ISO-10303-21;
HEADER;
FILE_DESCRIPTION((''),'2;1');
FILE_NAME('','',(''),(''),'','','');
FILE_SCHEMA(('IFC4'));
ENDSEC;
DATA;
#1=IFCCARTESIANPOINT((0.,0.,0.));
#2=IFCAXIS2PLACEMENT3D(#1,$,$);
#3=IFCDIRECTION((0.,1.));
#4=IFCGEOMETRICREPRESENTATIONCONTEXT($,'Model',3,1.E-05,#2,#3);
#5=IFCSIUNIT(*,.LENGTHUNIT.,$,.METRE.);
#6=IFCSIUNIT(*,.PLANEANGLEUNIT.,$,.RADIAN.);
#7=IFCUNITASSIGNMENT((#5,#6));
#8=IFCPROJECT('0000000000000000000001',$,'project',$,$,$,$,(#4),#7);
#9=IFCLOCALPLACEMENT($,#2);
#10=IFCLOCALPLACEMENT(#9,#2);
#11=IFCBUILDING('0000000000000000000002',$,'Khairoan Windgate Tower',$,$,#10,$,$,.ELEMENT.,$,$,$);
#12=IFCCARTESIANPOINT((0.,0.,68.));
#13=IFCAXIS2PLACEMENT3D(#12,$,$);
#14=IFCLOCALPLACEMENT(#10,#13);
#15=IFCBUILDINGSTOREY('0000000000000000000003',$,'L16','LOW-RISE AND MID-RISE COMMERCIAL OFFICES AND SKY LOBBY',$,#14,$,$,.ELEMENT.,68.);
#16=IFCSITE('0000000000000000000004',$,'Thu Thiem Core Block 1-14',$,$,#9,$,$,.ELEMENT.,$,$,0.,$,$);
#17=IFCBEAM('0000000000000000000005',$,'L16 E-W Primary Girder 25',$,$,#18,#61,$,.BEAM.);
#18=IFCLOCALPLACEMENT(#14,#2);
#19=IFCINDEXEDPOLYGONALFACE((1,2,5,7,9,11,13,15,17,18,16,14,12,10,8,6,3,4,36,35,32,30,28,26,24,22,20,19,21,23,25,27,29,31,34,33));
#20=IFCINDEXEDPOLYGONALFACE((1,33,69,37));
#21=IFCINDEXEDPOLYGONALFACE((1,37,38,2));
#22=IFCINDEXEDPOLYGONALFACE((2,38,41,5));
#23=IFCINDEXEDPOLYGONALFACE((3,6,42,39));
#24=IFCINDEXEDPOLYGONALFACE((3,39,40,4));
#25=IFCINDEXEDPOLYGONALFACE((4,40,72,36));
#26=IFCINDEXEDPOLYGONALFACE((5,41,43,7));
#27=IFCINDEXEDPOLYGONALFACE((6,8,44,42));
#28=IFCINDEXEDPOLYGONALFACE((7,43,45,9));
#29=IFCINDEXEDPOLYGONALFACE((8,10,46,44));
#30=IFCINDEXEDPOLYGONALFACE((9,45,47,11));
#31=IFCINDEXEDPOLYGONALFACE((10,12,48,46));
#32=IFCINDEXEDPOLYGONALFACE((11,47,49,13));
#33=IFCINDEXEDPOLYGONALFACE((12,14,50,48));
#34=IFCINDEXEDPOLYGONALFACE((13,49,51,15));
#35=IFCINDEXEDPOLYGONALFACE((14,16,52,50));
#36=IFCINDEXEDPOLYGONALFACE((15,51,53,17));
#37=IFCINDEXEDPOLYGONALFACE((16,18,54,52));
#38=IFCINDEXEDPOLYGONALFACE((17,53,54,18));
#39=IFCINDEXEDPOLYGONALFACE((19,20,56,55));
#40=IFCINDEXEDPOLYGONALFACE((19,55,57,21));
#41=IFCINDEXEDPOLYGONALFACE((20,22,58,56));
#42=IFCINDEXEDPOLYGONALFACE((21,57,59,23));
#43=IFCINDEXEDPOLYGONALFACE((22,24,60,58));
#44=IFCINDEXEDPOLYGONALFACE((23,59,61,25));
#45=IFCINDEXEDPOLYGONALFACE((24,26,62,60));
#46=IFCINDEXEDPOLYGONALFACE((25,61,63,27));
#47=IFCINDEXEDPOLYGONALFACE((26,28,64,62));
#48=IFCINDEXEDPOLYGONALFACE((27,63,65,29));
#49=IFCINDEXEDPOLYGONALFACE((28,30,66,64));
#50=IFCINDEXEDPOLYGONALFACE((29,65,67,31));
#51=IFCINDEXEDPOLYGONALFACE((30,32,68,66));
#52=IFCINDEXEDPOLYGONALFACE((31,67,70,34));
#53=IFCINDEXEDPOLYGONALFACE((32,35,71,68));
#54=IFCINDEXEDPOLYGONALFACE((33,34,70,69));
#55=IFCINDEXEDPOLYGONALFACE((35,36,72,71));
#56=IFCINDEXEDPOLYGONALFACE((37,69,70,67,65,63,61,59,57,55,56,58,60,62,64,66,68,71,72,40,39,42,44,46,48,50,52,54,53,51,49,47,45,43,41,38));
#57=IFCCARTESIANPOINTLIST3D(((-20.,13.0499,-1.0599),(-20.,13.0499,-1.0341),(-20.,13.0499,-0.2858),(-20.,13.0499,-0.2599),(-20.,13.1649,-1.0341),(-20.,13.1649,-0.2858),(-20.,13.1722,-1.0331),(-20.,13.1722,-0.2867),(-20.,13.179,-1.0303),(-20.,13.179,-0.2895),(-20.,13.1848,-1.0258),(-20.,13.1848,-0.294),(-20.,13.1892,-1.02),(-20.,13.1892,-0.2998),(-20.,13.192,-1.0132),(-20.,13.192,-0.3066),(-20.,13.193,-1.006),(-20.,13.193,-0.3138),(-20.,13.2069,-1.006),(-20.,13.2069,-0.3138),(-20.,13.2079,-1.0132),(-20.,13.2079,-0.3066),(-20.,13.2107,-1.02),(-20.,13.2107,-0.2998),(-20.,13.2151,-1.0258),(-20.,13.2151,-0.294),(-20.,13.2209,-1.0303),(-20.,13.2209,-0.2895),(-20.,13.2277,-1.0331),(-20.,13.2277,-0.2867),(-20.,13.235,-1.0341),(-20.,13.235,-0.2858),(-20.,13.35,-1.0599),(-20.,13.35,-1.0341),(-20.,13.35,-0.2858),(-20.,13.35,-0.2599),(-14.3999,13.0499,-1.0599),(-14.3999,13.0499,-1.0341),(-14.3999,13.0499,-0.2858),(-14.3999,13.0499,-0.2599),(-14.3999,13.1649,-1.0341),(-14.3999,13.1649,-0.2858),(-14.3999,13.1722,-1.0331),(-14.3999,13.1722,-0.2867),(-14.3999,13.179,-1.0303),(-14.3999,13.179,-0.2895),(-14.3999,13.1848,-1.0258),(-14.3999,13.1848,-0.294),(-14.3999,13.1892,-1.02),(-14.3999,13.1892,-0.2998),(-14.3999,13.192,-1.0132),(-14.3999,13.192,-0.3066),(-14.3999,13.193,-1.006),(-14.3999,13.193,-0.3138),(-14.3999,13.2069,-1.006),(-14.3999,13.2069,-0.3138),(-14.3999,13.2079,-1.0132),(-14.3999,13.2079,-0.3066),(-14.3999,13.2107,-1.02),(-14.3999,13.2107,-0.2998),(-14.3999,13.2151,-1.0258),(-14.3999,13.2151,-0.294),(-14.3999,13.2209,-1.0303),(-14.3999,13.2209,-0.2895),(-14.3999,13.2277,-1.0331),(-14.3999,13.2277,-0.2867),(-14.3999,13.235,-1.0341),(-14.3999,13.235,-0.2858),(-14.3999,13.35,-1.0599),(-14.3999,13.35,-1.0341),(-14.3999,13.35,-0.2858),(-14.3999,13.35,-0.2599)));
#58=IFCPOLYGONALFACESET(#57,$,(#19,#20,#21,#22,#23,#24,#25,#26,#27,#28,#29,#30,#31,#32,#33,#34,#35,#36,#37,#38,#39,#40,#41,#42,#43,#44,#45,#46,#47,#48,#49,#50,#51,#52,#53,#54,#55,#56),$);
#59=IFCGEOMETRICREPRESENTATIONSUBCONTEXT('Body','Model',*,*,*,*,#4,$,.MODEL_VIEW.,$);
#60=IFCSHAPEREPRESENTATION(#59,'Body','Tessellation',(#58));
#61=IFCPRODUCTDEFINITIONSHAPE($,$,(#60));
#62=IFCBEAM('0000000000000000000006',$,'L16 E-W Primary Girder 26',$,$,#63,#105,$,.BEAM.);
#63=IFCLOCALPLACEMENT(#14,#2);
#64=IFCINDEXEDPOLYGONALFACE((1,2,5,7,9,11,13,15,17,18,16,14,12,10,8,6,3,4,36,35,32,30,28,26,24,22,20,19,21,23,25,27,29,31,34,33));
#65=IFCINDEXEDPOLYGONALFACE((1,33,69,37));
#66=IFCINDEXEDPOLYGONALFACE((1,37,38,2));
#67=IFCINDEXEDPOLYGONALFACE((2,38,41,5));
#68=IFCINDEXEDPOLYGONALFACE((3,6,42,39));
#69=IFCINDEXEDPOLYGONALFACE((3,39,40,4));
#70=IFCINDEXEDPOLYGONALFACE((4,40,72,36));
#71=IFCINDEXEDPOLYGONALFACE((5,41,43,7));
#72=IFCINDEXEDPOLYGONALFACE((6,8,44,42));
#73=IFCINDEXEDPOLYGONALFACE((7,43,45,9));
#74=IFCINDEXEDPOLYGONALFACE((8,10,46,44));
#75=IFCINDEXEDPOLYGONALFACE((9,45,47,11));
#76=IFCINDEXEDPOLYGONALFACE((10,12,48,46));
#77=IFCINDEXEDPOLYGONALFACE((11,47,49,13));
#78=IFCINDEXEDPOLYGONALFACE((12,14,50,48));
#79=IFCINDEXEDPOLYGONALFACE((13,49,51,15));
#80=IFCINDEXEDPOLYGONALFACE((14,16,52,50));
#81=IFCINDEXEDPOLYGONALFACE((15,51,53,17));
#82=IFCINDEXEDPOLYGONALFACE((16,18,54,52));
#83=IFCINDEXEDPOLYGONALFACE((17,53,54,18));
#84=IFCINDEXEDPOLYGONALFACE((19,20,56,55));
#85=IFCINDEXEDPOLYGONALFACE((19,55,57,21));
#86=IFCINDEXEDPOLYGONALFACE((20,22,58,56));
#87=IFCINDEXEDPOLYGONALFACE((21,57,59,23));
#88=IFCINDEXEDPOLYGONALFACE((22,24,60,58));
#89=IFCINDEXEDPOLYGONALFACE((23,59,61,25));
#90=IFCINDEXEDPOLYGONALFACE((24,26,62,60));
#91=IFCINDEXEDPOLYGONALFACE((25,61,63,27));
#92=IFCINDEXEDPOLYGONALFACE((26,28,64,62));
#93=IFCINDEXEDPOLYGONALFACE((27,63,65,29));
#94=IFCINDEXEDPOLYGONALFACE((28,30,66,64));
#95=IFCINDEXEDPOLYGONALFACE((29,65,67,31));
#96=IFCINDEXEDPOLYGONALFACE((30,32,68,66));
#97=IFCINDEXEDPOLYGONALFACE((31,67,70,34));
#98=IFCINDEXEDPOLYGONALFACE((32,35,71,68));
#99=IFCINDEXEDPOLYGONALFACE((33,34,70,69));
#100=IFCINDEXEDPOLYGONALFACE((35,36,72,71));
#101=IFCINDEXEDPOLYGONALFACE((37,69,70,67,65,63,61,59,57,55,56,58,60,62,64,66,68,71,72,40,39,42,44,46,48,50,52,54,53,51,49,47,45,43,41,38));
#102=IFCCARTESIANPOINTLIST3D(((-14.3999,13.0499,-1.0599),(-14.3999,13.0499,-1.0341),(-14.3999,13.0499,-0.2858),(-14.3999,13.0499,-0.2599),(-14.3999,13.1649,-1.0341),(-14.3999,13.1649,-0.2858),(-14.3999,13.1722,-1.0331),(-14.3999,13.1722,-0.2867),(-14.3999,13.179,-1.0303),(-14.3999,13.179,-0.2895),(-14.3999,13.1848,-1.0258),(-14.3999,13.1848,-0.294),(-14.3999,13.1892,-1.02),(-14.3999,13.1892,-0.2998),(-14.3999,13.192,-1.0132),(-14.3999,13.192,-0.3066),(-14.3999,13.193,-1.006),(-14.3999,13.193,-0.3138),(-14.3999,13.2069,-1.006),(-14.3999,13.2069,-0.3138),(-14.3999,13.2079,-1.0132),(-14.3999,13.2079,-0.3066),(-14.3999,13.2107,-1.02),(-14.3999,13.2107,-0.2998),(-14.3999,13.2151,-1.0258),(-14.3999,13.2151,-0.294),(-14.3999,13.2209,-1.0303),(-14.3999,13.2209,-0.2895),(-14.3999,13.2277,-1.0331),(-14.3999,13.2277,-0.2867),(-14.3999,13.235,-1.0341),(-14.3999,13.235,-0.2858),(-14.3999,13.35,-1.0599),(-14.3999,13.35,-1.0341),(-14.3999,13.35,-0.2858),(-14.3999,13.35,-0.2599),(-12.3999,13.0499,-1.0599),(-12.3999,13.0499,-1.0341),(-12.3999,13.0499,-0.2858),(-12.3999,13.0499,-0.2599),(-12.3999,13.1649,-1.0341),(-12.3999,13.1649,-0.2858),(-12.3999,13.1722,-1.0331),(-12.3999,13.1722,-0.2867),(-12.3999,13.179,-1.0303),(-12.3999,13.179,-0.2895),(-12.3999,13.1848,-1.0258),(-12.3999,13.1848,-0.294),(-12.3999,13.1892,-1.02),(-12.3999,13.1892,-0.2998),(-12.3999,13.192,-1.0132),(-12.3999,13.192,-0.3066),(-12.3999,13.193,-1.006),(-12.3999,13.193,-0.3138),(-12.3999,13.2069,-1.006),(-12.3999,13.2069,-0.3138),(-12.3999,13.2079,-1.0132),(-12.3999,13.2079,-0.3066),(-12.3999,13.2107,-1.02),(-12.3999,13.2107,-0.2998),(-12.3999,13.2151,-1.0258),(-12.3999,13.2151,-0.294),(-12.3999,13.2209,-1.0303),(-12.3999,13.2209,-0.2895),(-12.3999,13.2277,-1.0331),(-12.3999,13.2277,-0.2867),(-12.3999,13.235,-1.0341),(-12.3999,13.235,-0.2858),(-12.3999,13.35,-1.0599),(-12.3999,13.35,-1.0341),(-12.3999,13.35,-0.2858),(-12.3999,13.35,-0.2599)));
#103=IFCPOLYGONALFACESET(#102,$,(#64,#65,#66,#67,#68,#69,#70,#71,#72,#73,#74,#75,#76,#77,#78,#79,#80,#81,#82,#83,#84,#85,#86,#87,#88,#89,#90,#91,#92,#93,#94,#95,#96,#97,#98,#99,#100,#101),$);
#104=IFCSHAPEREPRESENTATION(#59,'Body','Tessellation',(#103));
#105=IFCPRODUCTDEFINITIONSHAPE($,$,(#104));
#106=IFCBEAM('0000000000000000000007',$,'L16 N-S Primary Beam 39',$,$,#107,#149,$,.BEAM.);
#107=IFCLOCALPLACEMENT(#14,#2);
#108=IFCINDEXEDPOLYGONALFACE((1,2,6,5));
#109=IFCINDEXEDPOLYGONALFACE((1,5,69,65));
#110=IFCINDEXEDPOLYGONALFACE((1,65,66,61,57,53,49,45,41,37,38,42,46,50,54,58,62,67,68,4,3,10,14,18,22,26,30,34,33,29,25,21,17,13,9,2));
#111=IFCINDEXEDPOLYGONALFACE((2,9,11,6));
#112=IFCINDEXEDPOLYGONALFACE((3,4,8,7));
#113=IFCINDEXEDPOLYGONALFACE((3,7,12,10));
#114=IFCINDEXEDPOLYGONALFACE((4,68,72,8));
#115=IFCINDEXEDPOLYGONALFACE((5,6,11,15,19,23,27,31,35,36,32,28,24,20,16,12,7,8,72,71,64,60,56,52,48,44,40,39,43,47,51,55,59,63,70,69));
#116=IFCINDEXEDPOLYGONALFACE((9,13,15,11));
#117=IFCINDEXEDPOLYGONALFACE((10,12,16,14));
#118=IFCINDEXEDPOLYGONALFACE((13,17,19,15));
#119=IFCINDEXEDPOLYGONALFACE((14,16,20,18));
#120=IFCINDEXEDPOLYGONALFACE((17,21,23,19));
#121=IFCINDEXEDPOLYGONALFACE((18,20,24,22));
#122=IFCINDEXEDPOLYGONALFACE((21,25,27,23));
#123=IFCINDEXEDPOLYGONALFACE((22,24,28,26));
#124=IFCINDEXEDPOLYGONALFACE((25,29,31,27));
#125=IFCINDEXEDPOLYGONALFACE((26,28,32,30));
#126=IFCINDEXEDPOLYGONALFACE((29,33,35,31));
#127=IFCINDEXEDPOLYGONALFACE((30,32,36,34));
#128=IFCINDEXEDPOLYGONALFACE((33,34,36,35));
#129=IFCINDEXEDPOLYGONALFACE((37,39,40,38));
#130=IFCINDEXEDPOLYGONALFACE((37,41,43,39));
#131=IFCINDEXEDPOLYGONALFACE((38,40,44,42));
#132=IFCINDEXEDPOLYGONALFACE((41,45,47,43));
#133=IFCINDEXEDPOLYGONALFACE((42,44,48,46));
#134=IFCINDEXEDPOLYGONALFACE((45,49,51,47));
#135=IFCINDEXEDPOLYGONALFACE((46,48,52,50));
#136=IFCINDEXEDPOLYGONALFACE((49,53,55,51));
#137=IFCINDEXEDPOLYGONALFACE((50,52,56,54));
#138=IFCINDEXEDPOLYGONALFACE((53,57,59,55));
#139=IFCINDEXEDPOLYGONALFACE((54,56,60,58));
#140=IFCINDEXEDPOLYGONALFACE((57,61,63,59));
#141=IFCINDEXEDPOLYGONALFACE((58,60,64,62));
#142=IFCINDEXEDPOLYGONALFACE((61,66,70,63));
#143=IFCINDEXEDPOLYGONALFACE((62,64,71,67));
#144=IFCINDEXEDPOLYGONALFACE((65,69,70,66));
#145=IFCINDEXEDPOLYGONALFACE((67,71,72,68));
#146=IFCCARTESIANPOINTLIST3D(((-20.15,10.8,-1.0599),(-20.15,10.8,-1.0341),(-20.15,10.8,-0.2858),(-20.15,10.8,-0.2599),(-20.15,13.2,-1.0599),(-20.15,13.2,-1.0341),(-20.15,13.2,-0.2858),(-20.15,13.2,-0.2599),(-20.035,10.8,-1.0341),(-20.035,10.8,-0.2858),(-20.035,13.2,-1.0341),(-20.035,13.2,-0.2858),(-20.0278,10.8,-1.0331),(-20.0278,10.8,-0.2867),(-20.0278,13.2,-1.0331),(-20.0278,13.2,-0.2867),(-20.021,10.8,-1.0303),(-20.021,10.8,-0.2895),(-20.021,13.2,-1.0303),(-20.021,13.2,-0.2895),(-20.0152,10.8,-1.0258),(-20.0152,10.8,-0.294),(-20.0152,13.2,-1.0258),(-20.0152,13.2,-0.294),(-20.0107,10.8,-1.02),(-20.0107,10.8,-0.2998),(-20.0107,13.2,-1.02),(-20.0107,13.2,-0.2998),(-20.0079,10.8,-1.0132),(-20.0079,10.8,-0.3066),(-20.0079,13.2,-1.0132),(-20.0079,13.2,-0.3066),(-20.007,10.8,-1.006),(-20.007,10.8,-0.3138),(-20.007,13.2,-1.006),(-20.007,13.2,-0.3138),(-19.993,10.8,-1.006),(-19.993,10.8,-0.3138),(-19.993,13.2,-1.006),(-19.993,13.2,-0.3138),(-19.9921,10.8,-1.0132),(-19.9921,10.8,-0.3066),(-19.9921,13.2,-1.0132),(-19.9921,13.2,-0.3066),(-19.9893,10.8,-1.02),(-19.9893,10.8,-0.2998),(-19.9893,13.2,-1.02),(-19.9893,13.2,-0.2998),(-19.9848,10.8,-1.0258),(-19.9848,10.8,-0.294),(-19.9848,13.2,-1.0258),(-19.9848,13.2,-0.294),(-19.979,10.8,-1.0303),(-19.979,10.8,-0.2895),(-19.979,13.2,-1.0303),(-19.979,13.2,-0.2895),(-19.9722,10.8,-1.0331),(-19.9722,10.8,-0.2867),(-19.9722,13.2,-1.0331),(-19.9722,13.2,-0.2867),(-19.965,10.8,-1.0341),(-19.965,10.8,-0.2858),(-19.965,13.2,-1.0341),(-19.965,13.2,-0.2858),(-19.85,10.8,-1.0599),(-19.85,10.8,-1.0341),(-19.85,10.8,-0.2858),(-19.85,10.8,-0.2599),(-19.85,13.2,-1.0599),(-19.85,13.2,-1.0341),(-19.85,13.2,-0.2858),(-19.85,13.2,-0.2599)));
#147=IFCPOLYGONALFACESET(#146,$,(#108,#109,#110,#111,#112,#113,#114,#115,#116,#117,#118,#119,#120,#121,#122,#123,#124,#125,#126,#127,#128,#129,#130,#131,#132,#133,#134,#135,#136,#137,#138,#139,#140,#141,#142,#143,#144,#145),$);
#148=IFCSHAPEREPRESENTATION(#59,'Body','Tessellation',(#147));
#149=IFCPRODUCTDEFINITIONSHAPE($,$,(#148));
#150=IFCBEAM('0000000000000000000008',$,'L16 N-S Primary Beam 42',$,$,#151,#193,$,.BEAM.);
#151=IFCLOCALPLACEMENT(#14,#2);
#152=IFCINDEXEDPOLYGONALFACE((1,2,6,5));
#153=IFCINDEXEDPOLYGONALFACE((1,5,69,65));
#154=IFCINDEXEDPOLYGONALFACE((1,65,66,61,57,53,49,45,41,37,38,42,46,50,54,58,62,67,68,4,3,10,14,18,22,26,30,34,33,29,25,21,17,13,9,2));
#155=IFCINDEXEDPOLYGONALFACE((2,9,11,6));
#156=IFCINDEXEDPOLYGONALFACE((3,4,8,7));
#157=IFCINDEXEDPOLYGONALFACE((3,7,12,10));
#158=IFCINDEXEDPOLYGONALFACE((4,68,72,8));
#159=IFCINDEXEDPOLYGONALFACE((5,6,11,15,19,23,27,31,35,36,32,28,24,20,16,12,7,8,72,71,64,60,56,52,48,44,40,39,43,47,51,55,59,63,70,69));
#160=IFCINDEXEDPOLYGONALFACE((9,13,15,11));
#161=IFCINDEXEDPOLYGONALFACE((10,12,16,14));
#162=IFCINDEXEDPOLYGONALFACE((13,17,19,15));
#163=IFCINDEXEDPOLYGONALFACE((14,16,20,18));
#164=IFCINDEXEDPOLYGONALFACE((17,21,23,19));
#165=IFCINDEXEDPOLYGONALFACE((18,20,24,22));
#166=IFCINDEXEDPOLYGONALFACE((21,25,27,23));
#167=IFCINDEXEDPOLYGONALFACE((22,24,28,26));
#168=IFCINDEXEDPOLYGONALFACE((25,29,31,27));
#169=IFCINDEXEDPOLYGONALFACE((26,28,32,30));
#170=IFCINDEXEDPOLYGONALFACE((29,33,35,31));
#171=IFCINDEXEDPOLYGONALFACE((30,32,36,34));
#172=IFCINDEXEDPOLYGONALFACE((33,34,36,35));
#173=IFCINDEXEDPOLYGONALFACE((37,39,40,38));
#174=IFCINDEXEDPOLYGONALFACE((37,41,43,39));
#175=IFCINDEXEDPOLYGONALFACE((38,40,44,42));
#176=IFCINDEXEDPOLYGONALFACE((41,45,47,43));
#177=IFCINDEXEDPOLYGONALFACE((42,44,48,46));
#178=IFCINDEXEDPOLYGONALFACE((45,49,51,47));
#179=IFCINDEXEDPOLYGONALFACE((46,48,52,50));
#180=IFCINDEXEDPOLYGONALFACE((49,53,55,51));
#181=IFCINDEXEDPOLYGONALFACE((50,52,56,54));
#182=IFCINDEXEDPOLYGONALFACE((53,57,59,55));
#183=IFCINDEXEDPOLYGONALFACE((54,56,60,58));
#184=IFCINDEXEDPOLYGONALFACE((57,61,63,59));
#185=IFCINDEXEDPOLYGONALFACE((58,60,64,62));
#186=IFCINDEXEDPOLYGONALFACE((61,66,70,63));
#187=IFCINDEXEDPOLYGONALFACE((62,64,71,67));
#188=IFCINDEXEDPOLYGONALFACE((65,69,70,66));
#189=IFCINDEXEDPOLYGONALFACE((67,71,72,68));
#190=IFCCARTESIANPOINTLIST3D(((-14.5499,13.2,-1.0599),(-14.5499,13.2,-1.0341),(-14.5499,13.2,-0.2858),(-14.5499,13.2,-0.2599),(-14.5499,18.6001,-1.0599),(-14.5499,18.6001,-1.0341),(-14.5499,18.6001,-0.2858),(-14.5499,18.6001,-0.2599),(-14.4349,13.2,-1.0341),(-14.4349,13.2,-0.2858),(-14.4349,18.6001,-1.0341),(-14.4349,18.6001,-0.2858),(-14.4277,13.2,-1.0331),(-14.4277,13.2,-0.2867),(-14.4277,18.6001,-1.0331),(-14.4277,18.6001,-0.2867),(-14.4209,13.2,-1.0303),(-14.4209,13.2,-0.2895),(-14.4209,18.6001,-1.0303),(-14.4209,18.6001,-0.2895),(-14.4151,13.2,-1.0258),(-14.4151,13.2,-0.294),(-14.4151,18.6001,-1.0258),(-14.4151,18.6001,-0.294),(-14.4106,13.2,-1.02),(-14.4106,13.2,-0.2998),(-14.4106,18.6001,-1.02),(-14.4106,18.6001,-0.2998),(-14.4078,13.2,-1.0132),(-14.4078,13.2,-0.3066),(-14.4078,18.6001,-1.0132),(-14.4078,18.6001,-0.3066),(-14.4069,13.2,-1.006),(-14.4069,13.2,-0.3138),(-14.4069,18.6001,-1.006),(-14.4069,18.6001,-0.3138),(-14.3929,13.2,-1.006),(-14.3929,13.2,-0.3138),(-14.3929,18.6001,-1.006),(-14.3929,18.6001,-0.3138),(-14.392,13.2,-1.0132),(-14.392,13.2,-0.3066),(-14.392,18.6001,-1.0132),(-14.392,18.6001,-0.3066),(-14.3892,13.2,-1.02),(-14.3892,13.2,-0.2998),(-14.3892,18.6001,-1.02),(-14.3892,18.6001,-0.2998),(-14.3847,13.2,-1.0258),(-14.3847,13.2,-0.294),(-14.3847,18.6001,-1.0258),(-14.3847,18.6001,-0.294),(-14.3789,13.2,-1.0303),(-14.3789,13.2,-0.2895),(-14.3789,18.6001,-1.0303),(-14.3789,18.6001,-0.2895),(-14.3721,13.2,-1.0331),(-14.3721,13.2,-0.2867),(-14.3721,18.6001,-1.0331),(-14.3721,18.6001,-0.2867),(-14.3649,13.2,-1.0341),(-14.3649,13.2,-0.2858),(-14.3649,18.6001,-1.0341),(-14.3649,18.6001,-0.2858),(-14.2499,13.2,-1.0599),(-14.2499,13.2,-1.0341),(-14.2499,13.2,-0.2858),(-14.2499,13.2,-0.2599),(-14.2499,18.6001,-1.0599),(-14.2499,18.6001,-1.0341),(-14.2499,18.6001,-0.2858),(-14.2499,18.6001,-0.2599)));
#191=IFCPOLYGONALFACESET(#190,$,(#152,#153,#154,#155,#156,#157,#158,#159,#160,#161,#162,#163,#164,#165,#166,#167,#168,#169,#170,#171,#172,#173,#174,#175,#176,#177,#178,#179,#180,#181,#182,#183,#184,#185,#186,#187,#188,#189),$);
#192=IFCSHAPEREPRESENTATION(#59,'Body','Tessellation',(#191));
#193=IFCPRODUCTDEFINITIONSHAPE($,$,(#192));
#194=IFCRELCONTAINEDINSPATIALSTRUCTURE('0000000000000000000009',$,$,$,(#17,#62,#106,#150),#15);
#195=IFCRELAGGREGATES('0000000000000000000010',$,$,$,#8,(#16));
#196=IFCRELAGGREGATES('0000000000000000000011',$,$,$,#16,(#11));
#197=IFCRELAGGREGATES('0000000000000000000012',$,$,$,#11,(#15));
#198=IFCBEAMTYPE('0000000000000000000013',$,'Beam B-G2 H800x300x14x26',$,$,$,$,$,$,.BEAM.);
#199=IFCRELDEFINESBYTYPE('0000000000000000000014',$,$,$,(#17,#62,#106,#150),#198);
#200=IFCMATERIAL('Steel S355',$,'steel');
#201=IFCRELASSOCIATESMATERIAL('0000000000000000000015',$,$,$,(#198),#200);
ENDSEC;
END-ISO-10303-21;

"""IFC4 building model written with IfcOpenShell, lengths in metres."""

from ifc_helpers import new_model, si_unit, direction, frame, origin, origin_2d, place, context, subcontext, project, spatial, i_section, extrude, material, material_profile, profile_set, type_object, element, save


model = new_model("IFC4")

# Units and contexts
model_context = context("Model", 3, precision=1e-05, world=origin(), true_north=direction((0.0, 1.0)))
body_context = subcontext(model_context, "Body", "Model", "MODEL_VIEW")
ifc_project = project(units=[si_unit("LENGTHUNIT", "METRE"), si_unit("PLANEANGLEUNIT", "RADIAN")], contexts=[model_context])

# Site, building, storey
site_placement = place(None, origin())
site = spatial("IfcSite", under=ifc_project, at=site_placement, Name="Thu Thiem Core Block 1-14", CompositionType="ELEMENT", RefElevation=0.0)
building_placement = place(site_placement, origin())
building = spatial("IfcBuilding", under=site, at=building_placement, Name="Khairoan Windgate Tower", CompositionType="ELEMENT")
storey_placement = place(building_placement, frame((0.0, 0.0, 68.0)))
storey = spatial("IfcBuildingStorey", under=building, at=storey_placement, Name="L16", Description="LOW-RISE AND MID-RISE COMMERCIAL OFFICES AND SKY LOBBY", CompositionType="ELEMENT", Elevation=68.0)

# Beams
ifc_material_1 = material(Name="Steel S355", Category="steel")
ifc_material_profile_1 = material_profile(ifc_material_1, i_section(OverallWidth=0.3, OverallDepth=0.8, WebThickness=0.0139, FlangeThickness=0.0259, FilletRadius=0.0281, at=origin_2d()))
ifc_profile_set_1 = profile_set([ifc_material_profile_1], Name="Steel S355")
beam_type = type_object("IfcBeamType", Name="Beam B-G2 H800x300x14x26", PredefinedType="BEAM", material=ifc_profile_set_1)
beam_1_placement = place(storey_placement, frame((-20.0, 13.2, -0.6599), z_axis=(1.0, 0.0, 0.0), x_axis=(0.0, 1.0, 0.0)))
element("IfcBeam", 1, at=beam_1_placement, inside=storey, type_object=beam_type, Name="L16 E-W Primary Girder 25", PredefinedType="BEAM", context=body_context, shape_type="SweptSolid", body=[
    extrude(i_section(OverallWidth=0.3, OverallDepth=0.8, WebThickness=0.0139, FlangeThickness=0.0259, FilletRadius=0.0281, at=origin_2d()), origin(), (0.0, 0.0, 1.0), 5.6001),
])
beam_2_placement = place(storey_placement, frame((-14.3999, 13.2, -0.6599), z_axis=(1.0, 0.0, 0.0), x_axis=(0.0, 1.0, 0.0)))
element("IfcBeam", 2, at=beam_2_placement, inside=storey, type_object=beam_type, Name="L16 E-W Primary Girder 26", PredefinedType="BEAM", context=body_context, shape_type="SweptSolid", body=[
    extrude(i_section(OverallWidth=0.3, OverallDepth=0.8, WebThickness=0.0139, FlangeThickness=0.0259, FilletRadius=0.0281, at=origin_2d()), origin(), (0.0, 0.0, 1.0), 2.0),
])
beam_3_placement = place(storey_placement, frame((-20.0, 10.8, -0.6599), z_axis=(0.0, 1.0, 0.0), x_axis=(-1.0, 0.0, 0.0)))
element("IfcBeam", 3, at=beam_3_placement, inside=storey, type_object=beam_type, Name="L16 N-S Primary Beam 39", PredefinedType="BEAM", context=body_context, shape_type="SweptSolid", body=[
    extrude(i_section(OverallWidth=0.3, OverallDepth=0.8, WebThickness=0.0139, FlangeThickness=0.0259, FilletRadius=0.0281, at=origin_2d()), origin(), (0.0, 0.0, 1.0), 2.3999),
])
beam_4_placement = place(storey_placement, frame((-14.3999, 13.2, -0.6599), z_axis=(0.0, 1.0, 0.0), x_axis=(-1.0, 0.0, 0.0)))
element("IfcBeam", 4, at=beam_4_placement, inside=storey, type_object=beam_type, Name="L16 N-S Primary Beam 42", PredefinedType="BEAM", context=body_context, shape_type="SweptSolid", body=[
    extrude(i_section(OverallWidth=0.3, OverallDepth=0.8, WebThickness=0.0139, FlangeThickness=0.0259, FilletRadius=0.0281, at=origin_2d()), origin(), (0.0, 0.0, 1.0), 5.4001),
])

save(model, "model.ifc")
